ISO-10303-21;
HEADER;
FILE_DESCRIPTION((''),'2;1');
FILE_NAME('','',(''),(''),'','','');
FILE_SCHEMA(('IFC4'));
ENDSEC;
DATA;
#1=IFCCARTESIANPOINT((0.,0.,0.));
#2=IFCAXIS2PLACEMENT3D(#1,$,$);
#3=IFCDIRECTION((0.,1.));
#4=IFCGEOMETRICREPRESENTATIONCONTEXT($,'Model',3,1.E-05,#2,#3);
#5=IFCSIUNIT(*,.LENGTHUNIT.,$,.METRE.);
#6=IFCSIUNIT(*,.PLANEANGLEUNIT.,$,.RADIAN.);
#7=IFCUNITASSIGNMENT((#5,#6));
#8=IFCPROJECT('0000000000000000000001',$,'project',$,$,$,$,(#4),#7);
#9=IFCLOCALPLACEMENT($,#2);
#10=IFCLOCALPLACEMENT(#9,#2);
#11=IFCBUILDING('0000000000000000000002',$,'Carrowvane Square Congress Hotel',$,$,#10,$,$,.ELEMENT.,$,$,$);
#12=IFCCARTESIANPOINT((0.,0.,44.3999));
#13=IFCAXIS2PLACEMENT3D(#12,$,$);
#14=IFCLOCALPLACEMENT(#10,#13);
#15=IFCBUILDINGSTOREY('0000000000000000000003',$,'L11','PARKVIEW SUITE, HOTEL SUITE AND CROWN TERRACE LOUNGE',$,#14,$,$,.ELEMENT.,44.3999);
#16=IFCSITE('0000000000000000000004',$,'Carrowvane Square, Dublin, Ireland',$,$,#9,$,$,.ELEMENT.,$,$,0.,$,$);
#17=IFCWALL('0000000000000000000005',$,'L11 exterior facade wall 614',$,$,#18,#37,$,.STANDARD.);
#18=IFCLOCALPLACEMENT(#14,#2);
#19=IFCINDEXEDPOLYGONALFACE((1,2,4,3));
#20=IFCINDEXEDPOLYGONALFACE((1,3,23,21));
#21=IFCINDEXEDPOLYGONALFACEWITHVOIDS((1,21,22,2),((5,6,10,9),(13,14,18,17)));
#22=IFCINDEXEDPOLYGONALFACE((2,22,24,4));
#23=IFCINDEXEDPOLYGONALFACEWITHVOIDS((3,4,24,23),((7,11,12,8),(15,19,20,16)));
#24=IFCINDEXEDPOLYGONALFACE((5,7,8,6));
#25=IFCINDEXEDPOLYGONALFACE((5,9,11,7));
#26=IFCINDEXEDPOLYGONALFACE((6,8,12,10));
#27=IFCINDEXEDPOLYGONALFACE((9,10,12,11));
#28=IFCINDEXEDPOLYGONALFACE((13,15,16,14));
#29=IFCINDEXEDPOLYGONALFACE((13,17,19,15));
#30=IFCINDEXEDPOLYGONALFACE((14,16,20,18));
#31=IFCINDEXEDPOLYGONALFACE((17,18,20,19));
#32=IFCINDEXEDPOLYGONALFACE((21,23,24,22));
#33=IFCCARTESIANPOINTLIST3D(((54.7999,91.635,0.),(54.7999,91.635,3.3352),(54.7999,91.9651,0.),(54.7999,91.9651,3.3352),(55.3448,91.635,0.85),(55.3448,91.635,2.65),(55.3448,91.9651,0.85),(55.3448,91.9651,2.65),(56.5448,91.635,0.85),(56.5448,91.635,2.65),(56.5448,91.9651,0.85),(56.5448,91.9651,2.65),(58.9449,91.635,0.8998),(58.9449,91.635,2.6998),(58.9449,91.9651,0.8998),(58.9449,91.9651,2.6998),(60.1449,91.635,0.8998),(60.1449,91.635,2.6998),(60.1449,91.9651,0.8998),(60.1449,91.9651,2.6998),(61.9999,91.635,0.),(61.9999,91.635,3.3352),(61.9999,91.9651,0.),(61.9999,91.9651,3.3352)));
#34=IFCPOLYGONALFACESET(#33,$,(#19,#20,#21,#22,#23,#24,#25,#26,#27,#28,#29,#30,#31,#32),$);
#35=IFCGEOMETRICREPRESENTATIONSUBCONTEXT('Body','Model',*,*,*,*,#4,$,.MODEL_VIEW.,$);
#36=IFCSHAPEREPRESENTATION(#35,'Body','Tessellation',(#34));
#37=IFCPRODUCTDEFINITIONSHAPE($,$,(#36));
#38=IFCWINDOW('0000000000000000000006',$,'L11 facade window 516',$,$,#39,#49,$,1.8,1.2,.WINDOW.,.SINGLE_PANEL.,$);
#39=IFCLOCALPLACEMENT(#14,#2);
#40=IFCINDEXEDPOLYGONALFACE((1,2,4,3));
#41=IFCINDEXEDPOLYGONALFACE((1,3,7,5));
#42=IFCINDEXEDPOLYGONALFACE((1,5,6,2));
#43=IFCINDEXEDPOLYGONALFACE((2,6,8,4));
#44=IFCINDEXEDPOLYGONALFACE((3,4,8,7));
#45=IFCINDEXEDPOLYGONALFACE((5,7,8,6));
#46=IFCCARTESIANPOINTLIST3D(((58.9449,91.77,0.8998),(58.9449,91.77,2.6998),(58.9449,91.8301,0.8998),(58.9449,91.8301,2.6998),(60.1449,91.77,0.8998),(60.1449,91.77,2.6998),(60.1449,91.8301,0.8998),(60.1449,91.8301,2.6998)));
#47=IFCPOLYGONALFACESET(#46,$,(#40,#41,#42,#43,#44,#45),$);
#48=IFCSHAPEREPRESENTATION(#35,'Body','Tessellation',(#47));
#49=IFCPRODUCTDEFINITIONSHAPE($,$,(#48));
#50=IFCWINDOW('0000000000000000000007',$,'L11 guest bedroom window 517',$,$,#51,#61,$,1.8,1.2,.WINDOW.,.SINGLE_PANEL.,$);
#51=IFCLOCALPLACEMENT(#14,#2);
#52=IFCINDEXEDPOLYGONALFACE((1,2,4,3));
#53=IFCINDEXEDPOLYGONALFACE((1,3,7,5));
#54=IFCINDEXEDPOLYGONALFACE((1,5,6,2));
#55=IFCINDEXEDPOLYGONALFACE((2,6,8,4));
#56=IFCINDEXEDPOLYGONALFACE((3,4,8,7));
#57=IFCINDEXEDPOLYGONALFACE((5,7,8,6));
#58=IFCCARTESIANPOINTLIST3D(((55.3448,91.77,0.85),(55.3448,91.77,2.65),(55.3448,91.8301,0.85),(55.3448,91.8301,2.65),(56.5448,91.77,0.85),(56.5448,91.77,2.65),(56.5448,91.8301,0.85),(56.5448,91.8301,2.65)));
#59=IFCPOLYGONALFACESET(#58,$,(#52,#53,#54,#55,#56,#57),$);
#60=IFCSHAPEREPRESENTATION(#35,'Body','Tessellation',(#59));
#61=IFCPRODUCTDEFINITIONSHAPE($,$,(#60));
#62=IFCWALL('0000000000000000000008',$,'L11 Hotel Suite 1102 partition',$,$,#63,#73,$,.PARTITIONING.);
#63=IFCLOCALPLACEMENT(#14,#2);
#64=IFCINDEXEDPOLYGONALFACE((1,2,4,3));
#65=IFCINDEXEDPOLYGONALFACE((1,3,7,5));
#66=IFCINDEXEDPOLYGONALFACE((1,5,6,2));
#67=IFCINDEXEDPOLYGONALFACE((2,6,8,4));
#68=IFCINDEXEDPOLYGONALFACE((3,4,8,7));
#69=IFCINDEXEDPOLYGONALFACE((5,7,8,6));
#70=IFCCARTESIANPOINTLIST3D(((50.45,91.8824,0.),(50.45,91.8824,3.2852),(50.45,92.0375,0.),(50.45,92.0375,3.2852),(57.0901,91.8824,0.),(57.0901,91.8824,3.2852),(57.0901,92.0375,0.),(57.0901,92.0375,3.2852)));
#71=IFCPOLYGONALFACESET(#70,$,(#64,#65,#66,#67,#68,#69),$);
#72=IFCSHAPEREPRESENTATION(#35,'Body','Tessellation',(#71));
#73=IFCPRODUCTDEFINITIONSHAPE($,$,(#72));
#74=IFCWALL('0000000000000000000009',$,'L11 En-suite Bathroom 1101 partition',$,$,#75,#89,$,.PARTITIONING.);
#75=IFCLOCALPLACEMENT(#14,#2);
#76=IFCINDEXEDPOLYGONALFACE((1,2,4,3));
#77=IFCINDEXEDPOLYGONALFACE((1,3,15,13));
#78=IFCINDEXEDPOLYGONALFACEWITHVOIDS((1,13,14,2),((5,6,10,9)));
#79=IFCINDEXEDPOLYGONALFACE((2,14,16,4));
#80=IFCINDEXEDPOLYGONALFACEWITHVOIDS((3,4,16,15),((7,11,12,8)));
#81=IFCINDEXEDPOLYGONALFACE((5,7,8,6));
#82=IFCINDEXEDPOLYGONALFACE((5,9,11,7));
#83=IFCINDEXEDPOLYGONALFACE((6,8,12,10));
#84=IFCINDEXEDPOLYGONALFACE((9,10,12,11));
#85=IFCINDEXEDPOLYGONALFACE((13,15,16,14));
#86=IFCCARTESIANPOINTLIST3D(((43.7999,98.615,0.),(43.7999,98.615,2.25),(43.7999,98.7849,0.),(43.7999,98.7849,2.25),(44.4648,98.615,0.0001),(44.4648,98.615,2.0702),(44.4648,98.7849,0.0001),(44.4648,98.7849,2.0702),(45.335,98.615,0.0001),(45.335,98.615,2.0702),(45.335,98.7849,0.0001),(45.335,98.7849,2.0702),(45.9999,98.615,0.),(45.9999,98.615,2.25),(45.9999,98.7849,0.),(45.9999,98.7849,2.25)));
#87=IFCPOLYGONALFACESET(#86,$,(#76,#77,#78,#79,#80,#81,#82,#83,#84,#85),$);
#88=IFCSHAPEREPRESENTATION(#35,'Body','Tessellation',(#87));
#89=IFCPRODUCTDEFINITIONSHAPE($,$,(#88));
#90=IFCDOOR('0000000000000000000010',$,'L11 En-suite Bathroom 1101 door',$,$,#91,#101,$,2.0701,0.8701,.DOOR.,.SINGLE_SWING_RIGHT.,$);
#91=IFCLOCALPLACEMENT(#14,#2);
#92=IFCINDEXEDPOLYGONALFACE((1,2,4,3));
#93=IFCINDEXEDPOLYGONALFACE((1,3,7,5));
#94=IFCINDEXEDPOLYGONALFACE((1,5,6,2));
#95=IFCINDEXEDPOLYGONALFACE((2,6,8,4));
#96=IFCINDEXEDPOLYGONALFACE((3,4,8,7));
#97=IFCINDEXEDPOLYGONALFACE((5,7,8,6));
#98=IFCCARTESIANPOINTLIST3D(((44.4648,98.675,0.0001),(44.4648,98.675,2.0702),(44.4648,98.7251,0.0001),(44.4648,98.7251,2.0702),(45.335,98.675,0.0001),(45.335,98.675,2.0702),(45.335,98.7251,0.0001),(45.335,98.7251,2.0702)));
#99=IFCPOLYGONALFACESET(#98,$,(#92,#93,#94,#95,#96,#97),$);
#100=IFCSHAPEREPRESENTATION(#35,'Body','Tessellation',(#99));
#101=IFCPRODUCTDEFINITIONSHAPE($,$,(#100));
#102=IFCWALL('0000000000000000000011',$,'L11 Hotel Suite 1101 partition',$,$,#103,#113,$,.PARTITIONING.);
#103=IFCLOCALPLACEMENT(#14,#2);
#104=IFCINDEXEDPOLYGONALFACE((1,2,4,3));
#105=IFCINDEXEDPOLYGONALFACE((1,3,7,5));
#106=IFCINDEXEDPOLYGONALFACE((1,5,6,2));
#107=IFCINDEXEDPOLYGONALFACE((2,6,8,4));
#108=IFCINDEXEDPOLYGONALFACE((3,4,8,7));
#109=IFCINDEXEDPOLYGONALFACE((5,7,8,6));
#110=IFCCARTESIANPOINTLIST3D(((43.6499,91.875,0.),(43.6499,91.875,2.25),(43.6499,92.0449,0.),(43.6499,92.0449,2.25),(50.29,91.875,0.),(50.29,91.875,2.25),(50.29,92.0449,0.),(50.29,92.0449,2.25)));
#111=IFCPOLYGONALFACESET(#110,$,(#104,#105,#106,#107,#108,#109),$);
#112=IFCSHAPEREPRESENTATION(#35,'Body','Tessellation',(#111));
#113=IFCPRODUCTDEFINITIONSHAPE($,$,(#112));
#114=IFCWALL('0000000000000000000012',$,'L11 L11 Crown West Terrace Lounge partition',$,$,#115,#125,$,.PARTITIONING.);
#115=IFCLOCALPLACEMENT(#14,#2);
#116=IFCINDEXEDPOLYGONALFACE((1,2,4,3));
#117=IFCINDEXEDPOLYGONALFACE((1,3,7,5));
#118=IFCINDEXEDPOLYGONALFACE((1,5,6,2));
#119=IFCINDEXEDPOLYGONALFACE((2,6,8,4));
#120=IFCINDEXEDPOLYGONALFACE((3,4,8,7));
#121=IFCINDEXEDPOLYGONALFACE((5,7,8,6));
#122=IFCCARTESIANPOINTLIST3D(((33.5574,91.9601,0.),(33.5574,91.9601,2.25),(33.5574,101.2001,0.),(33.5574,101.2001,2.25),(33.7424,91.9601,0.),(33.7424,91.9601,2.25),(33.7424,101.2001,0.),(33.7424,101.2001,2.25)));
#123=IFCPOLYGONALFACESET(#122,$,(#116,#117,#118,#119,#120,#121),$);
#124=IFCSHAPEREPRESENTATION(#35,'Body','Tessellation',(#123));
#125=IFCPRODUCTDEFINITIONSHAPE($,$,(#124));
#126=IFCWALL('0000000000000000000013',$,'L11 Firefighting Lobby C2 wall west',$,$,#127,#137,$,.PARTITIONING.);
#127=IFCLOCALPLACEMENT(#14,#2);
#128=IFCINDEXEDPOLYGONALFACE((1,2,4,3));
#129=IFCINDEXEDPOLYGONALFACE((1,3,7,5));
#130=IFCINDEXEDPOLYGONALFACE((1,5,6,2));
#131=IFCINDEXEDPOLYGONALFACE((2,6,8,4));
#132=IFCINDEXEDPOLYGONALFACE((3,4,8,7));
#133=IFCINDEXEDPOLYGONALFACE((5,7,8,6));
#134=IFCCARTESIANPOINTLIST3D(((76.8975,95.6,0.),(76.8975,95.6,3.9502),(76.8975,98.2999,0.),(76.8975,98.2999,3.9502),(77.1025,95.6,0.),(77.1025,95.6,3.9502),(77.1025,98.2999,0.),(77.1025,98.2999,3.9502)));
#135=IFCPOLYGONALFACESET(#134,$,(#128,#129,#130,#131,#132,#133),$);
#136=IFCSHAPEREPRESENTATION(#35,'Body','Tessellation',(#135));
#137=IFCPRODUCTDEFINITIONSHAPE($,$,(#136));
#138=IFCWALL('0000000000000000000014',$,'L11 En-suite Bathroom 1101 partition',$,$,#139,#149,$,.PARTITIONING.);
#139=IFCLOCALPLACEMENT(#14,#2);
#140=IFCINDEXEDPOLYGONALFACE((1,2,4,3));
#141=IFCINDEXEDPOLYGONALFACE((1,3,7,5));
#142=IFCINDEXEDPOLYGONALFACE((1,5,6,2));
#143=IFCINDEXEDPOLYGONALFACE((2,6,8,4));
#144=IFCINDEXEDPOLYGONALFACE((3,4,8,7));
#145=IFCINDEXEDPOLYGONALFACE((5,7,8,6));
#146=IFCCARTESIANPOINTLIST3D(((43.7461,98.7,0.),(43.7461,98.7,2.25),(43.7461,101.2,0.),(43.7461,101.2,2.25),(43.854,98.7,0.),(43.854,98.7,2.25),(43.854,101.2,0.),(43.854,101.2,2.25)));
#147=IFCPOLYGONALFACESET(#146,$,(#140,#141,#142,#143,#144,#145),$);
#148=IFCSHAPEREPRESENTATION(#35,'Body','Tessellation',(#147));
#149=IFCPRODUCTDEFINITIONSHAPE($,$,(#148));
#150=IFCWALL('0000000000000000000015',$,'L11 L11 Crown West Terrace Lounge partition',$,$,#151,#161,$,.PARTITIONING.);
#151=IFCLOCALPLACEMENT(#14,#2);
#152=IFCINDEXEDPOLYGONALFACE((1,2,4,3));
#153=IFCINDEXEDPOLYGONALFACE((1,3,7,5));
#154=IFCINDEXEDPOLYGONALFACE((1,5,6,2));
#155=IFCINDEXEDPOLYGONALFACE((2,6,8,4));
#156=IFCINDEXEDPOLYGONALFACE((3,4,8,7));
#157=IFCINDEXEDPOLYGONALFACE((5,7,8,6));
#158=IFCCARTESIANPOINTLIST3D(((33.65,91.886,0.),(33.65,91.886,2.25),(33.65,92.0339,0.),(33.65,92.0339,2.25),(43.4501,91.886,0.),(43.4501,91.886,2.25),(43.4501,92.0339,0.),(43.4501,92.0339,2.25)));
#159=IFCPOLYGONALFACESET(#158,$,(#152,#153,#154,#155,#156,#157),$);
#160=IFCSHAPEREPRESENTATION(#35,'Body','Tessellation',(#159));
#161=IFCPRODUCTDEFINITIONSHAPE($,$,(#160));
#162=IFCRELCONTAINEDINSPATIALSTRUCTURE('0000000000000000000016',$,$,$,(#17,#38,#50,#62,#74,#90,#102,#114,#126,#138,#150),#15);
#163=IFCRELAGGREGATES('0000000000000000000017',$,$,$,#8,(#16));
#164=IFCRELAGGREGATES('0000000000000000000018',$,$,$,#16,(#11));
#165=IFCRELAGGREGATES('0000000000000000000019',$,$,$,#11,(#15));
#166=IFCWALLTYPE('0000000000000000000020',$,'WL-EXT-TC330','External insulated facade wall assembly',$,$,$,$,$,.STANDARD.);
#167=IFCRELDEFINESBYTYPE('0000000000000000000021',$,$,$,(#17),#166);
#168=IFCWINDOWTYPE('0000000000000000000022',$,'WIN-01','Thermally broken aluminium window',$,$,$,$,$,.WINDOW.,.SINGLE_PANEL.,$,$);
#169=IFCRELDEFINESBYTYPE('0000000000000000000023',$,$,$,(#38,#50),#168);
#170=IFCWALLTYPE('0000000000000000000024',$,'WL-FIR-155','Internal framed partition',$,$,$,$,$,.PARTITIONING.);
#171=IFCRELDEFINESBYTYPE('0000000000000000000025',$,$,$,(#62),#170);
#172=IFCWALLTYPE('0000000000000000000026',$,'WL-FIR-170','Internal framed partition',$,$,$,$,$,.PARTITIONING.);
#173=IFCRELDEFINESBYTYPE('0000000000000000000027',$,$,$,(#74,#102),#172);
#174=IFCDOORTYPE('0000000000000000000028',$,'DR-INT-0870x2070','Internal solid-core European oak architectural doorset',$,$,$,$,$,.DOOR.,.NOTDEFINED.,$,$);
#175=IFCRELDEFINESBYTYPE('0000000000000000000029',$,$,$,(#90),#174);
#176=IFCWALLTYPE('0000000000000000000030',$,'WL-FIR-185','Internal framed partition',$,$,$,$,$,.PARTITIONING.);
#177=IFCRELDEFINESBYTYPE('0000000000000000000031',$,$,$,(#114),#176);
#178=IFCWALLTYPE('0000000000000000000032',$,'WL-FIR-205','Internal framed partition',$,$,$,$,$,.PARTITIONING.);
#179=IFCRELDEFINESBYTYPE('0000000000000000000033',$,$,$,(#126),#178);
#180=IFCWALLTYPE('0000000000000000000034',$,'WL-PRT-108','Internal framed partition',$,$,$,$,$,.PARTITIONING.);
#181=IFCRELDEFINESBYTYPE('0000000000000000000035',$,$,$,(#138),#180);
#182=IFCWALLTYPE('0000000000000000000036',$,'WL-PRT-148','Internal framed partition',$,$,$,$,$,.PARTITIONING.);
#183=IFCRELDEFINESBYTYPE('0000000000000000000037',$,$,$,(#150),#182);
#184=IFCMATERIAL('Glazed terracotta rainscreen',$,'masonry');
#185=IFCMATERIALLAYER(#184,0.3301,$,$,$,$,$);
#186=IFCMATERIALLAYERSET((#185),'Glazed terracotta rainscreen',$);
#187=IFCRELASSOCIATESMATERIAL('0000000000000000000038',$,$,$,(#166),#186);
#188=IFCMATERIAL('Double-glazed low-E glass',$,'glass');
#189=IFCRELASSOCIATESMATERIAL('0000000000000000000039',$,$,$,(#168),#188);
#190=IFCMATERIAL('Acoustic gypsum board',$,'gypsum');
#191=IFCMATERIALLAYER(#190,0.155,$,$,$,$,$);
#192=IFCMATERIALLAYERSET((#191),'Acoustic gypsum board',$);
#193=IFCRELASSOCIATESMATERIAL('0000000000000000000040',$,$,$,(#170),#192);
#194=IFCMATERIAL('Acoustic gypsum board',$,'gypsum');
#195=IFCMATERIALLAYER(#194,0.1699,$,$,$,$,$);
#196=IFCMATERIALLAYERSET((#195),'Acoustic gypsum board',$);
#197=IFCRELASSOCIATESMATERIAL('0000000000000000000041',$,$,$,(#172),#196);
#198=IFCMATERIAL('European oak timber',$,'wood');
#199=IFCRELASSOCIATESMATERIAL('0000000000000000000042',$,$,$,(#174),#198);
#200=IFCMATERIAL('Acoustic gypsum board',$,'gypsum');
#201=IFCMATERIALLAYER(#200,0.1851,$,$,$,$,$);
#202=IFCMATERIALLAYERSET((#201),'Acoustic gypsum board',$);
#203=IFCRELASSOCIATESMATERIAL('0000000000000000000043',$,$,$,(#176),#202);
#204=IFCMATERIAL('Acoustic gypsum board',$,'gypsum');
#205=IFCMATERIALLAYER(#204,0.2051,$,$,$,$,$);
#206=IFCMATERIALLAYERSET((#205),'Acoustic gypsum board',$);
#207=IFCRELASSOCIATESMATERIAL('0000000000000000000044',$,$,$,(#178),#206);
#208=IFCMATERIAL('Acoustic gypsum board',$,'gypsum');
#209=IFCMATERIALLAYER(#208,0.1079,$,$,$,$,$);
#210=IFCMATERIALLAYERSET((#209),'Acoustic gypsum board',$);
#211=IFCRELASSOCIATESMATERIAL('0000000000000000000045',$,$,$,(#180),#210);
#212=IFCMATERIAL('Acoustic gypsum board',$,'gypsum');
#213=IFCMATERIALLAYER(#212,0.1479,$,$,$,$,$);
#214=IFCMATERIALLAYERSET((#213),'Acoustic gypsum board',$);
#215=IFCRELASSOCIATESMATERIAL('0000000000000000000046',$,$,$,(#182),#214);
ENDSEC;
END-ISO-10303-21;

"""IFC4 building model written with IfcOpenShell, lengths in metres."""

from ifc_helpers import new_model, si_unit, direction, frame, frame_2d, origin, place, context, subcontext, project, spatial, rectangle, extrude, material, layer, layer_set, type_object, element, fill, save


model = new_model("IFC4")

# Units and contexts
model_context = context("Model", 3, precision=1e-05, world=origin(), true_north=direction((0.0, 1.0)))
body_context = subcontext(model_context, "Body", "Model", "MODEL_VIEW")
ifc_project = project(units=[si_unit("LENGTHUNIT", "METRE"), si_unit("PLANEANGLEUNIT", "RADIAN")], contexts=[model_context])

# Site, building, storey
site_placement = place(None, origin())
site = spatial("IfcSite", under=ifc_project, at=site_placement, Name="Carrowvane Square, Dublin, Ireland", CompositionType="ELEMENT", RefElevation=0.0)
building_placement = place(site_placement, origin())
building = spatial("IfcBuilding", under=site, at=building_placement, Name="Carrowvane Square Congress Hotel", CompositionType="ELEMENT")
storey_placement = place(building_placement, frame((0.0, 0.0, 44.3999)))
storey = spatial("IfcBuildingStorey", under=building, at=storey_placement, Name="L11", Description="PARKVIEW SUITE, HOTEL SUITE AND CROWN TERRACE LOUNGE", CompositionType="ELEMENT", Elevation=44.3999)

# Shared definitions
ifc_material_1 = material(Name="Glazed terracotta rainscreen", Category="masonry")
ifc_layer_1 = layer(ifc_material_1, 0.3301)
ifc_layer_set_1 = layer_set([ifc_layer_1], Name="Glazed terracotta rainscreen")
wall_type_1 = type_object("IfcWallType", Name="WL-EXT-TC330", Description="External insulated facade wall assembly", PredefinedType="STANDARD", material=ifc_layer_set_1)

# Wall, openings, windows
wall_1_placement = place(storey_placement, frame((62.0, 91.8, 0.0), z_axis=(0.0, 0.0, 1.0), x_axis=(-1.0, 0.0, 0.0)))
wall_1 = element("IfcWall", 1, at=wall_1_placement, inside=storey, type_object=wall_type_1, Name="L11 exterior facade wall 614", PredefinedType="STANDARD", context=body_context, shape_type="SweptSolid", body=[
    extrude(rectangle(XDim=7.2, YDim=0.3301, at=frame_2d((3.6001, 0.0))), origin(), (0.0, 0.0, 1.0), 3.3352),
])
opening_1_placement = place(wall_1_placement, frame((1.855, 0.0, 0.8999)))
opening_1 = element("IfcOpeningElement", 2, at=opening_1_placement, cuts=wall_1, PredefinedType="OPENING", context=body_context, shape_type="SweptSolid", body=[
    extrude(rectangle(XDim=1.2, YDim=1.8, at=frame_2d((0.6001, 0.8999))), frame((0.0, 0.175, 0.0), z_axis=(0.0, -1.0, 0.0), x_axis=(1.0, 0.0, 0.0)), (0.0, 0.0, 1.0), 0.3501),
])
opening_2_placement = place(wall_1_placement, frame((5.4551, 0.0, 0.8501)))
opening_2 = element("IfcOpeningElement", 3, at=opening_2_placement, cuts=wall_1, PredefinedType="OPENING", context=body_context, shape_type="SweptSolid", body=[
    extrude(rectangle(XDim=1.2, YDim=1.8, at=frame_2d((0.6001, 0.8999))), frame((0.0, 0.175, 0.0), z_axis=(0.0, -1.0, 0.0), x_axis=(1.0, 0.0, 0.0)), (0.0, 0.0, 1.0), 0.3501),
])
ifc_material_2 = material(Name="Double-glazed low-E glass", Category="glass")
window_type_1 = type_object("IfcWindowType", Name="WIN-01", Description="Thermally broken aluminium window", PartitioningType="SINGLE_PANEL", PredefinedType="WINDOW", material=ifc_material_2)
window_1_placement = place(opening_1_placement, origin())
window_1 = element("IfcWindow", 4, at=window_1_placement, inside=storey, type_object=window_type_1, Name="L11 facade window 516", OverallHeight=1.8, OverallWidth=1.2, PartitioningType="SINGLE_PANEL", PredefinedType="WINDOW", context=body_context, shape_type="SweptSolid", body=[
    extrude(rectangle(XDim=1.2, YDim=1.8, at=frame_2d((0.6001, 0.8999))), frame((0.0, 0.03, 0.0), z_axis=(0.0, -1.0, 0.0), x_axis=(1.0, 0.0, 0.0)), (0.0, 0.0, 1.0), 0.0601),
])
fill(opening_1, window_1)
window_2_placement = place(opening_2_placement, origin())
window_2 = element("IfcWindow", 5, at=window_2_placement, inside=storey, type_object=window_type_1, Name="L11 guest bedroom window 517", OverallHeight=1.8, OverallWidth=1.2, PartitioningType="SINGLE_PANEL", PredefinedType="WINDOW", context=body_context, shape_type="SweptSolid", body=[
    extrude(rectangle(XDim=1.2, YDim=1.8, at=frame_2d((0.6001, 0.8999))), frame((0.0, 0.03, 0.0), z_axis=(0.0, -1.0, 0.0), x_axis=(1.0, 0.0, 0.0)), (0.0, 0.0, 1.0), 0.0601),
])
fill(opening_2, window_2)

# Wall
ifc_material_3 = material(Name="Acoustic gypsum board", Category="gypsum")
ifc_layer_2 = layer(ifc_material_3, 0.155)
ifc_layer_set_2 = layer_set([ifc_layer_2], Name="Acoustic gypsum board")
wall_type_2 = type_object("IfcWallType", Name="WL-FIR-155", Description="Internal framed partition", PredefinedType="PARTITIONING", material=ifc_layer_set_2)
wall_2_placement = place(storey_placement, frame((57.0901, 91.96, 0.0), z_axis=(0.0, 0.0, 1.0), x_axis=(-1.0, 0.0, 0.0)))
element("IfcWall", 6, at=wall_2_placement, inside=storey, type_object=wall_type_2, Name="L11 Hotel Suite 1102 partition", PredefinedType="PARTITIONING", context=body_context, shape_type="SweptSolid", body=[
    extrude(rectangle(XDim=6.6401, YDim=0.155, at=frame_2d((3.3201, 0.0))), origin(), (0.0, 0.0, 1.0), 3.2852),
])

# Wall, opening, door
ifc_material_4 = material(Name="Acoustic gypsum board", Category="gypsum")
ifc_layer_3 = layer(ifc_material_4, 0.1699)
ifc_layer_set_3 = layer_set([ifc_layer_3], Name="Acoustic gypsum board")
wall_type_3 = type_object("IfcWallType", Name="WL-FIR-170", Description="Internal framed partition", PredefinedType="PARTITIONING", material=ifc_layer_set_3)
wall_3_placement = place(storey_placement, frame((46.0, 98.7, 0.0), z_axis=(0.0, 0.0, 1.0), x_axis=(-1.0, 0.0, 0.0)))
wall_3 = element("IfcWall", 7, at=wall_3_placement, inside=storey, type_object=wall_type_3, Name="L11 En-suite Bathroom 1101 partition", PredefinedType="PARTITIONING", context=body_context, shape_type="SweptSolid", body=[
    extrude(rectangle(XDim=2.2, YDim=0.1699, at=frame_2d((1.1001, 0.0))), origin(), (0.0, 0.0, 1.0), 2.25),
])
opening_3_placement = place(wall_3_placement, frame((0.665, 0.0, 0.0)))
opening_3 = element("IfcOpeningElement", 8, at=opening_3_placement, cuts=wall_3, PredefinedType="OPENING", context=body_context, shape_type="SweptSolid", body=[
    extrude(rectangle(XDim=0.8701, YDim=2.0701, at=frame_2d((0.4351, 1.0352))), frame((0.0, 0.095, 0.0), z_axis=(0.0, -1.0, 0.0), x_axis=(1.0, 0.0, 0.0)), (0.0, 0.0, 1.0), 0.1899),
])
ifc_material_5 = material(Name="European oak timber", Category="wood")
door_type = type_object("IfcDoorType", Name="DR-INT-0870x2070", Description="Internal solid-core European oak architectural doorset", OperationType="NOTDEFINED", PredefinedType="DOOR", material=ifc_material_5)
door_placement = place(opening_3_placement, origin())
door = element("IfcDoor", 9, at=door_placement, inside=storey, type_object=door_type, Name="L11 En-suite Bathroom 1101 door", OperationType="SINGLE_SWING_RIGHT", OverallHeight=2.0701, OverallWidth=0.8701, PredefinedType="DOOR", context=body_context, shape_type="SweptSolid", body=[
    extrude(rectangle(XDim=0.8701, YDim=2.0701, at=frame_2d((0.4351, 1.0352))), frame((0.0, 0.0249, 0.0), z_axis=(0.0, -1.0, 0.0), x_axis=(1.0, 0.0, 0.0)), (0.0, 0.0, 1.0), 0.05),
])
fill(opening_3, door)

# Walls
wall_4_placement = place(storey_placement, frame((50.29, 91.96, 0.0), z_axis=(0.0, 0.0, 1.0), x_axis=(-1.0, 0.0, 0.0)))
element("IfcWall", 10, at=wall_4_placement, inside=storey, type_object=wall_type_3, Name="L11 Hotel Suite 1101 partition", PredefinedType="PARTITIONING", context=body_context, shape_type="SweptSolid", body=[
    extrude(rectangle(XDim=6.6401, YDim=0.1699, at=frame_2d((3.3201, 0.0))), origin(), (0.0, 0.0, 1.0), 2.25),
])
ifc_material_6 = material(Name="Acoustic gypsum board", Category="gypsum")
ifc_layer_4 = layer(ifc_material_6, 0.1851)
ifc_layer_set_4 = layer_set([ifc_layer_4], Name="Acoustic gypsum board")
wall_type_4 = type_object("IfcWallType", Name="WL-FIR-185", Description="Internal framed partition", PredefinedType="PARTITIONING", material=ifc_layer_set_4)
wall_5_placement = place(storey_placement, frame((33.6499, 91.96, 0.0), z_axis=(0.0, 0.0, 1.0), x_axis=(0.0, 1.0, 0.0)))
element("IfcWall", 11, at=wall_5_placement, inside=storey, type_object=wall_type_4, Name="L11 L11 Crown West Terrace Lounge partition", PredefinedType="PARTITIONING", context=body_context, shape_type="SweptSolid", body=[
    extrude(rectangle(XDim=9.24, YDim=0.1851, at=frame_2d((4.6201, 0.0))), origin(), (0.0, 0.0, 1.0), 2.25),
])
ifc_material_7 = material(Name="Acoustic gypsum board", Category="gypsum")
ifc_layer_5 = layer(ifc_material_7, 0.2051)
ifc_layer_set_5 = layer_set([ifc_layer_5], Name="Acoustic gypsum board")
wall_type_5 = type_object("IfcWallType", Name="WL-FIR-205", Description="Internal framed partition", PredefinedType="PARTITIONING", material=ifc_layer_set_5)
wall_6_placement = place(storey_placement, frame((77.0, 98.3, 0.0), z_axis=(0.0, 0.0, 1.0), x_axis=(0.0, -1.0, 0.0)))
element("IfcWall", 12, at=wall_6_placement, inside=storey, type_object=wall_type_5, Name="L11 Firefighting Lobby C2 wall west", PredefinedType="PARTITIONING", context=body_context, shape_type="SweptSolid", body=[
    extrude(rectangle(XDim=2.7, YDim=0.2051, at=frame_2d((1.3501, 0.0))), origin(), (0.0, 0.0, 1.0), 3.9502),
])
ifc_material_8 = material(Name="Acoustic gypsum board", Category="gypsum")
ifc_layer_6 = layer(ifc_material_8, 0.1079)
ifc_layer_set_6 = layer_set([ifc_layer_6], Name="Acoustic gypsum board")
wall_type_6 = type_object("IfcWallType", Name="WL-PRT-108", Description="Internal framed partition", PredefinedType="PARTITIONING", material=ifc_layer_set_6)
wall_7_placement = place(storey_placement, frame((43.8, 98.7, 0.0), z_axis=(0.0, 0.0, 1.0), x_axis=(0.0, 1.0, 0.0)))
element("IfcWall", 13, at=wall_7_placement, inside=storey, type_object=wall_type_6, Name="L11 En-suite Bathroom 1101 partition", PredefinedType="PARTITIONING", context=body_context, shape_type="SweptSolid", body=[
    extrude(rectangle(XDim=2.5, YDim=0.1079, at=frame_2d((1.25, 0.0))), origin(), (0.0, 0.0, 1.0), 2.25),
])
ifc_material_9 = material(Name="Acoustic gypsum board", Category="gypsum")
ifc_layer_7 = layer(ifc_material_9, 0.1479)
ifc_layer_set_7 = layer_set([ifc_layer_7], Name="Acoustic gypsum board")
wall_type_7 = type_object("IfcWallType", Name="WL-PRT-148", Description="Internal framed partition", PredefinedType="PARTITIONING", material=ifc_layer_set_7)
wall_8_placement = place(storey_placement, frame((43.45, 91.96, 0.0), z_axis=(0.0, 0.0, 1.0), x_axis=(-1.0, 0.0, 0.0)))
element("IfcWall", 14, at=wall_8_placement, inside=storey, type_object=wall_type_7, Name="L11 L11 Crown West Terrace Lounge partition", PredefinedType="PARTITIONING", context=body_context, shape_type="SweptSolid", body=[
    extrude(rectangle(XDim=9.8, YDim=0.1479, at=frame_2d((4.8999, 0.0))), origin(), (0.0, 0.0, 1.0), 2.25),
])

save(model, "model.ifc")
